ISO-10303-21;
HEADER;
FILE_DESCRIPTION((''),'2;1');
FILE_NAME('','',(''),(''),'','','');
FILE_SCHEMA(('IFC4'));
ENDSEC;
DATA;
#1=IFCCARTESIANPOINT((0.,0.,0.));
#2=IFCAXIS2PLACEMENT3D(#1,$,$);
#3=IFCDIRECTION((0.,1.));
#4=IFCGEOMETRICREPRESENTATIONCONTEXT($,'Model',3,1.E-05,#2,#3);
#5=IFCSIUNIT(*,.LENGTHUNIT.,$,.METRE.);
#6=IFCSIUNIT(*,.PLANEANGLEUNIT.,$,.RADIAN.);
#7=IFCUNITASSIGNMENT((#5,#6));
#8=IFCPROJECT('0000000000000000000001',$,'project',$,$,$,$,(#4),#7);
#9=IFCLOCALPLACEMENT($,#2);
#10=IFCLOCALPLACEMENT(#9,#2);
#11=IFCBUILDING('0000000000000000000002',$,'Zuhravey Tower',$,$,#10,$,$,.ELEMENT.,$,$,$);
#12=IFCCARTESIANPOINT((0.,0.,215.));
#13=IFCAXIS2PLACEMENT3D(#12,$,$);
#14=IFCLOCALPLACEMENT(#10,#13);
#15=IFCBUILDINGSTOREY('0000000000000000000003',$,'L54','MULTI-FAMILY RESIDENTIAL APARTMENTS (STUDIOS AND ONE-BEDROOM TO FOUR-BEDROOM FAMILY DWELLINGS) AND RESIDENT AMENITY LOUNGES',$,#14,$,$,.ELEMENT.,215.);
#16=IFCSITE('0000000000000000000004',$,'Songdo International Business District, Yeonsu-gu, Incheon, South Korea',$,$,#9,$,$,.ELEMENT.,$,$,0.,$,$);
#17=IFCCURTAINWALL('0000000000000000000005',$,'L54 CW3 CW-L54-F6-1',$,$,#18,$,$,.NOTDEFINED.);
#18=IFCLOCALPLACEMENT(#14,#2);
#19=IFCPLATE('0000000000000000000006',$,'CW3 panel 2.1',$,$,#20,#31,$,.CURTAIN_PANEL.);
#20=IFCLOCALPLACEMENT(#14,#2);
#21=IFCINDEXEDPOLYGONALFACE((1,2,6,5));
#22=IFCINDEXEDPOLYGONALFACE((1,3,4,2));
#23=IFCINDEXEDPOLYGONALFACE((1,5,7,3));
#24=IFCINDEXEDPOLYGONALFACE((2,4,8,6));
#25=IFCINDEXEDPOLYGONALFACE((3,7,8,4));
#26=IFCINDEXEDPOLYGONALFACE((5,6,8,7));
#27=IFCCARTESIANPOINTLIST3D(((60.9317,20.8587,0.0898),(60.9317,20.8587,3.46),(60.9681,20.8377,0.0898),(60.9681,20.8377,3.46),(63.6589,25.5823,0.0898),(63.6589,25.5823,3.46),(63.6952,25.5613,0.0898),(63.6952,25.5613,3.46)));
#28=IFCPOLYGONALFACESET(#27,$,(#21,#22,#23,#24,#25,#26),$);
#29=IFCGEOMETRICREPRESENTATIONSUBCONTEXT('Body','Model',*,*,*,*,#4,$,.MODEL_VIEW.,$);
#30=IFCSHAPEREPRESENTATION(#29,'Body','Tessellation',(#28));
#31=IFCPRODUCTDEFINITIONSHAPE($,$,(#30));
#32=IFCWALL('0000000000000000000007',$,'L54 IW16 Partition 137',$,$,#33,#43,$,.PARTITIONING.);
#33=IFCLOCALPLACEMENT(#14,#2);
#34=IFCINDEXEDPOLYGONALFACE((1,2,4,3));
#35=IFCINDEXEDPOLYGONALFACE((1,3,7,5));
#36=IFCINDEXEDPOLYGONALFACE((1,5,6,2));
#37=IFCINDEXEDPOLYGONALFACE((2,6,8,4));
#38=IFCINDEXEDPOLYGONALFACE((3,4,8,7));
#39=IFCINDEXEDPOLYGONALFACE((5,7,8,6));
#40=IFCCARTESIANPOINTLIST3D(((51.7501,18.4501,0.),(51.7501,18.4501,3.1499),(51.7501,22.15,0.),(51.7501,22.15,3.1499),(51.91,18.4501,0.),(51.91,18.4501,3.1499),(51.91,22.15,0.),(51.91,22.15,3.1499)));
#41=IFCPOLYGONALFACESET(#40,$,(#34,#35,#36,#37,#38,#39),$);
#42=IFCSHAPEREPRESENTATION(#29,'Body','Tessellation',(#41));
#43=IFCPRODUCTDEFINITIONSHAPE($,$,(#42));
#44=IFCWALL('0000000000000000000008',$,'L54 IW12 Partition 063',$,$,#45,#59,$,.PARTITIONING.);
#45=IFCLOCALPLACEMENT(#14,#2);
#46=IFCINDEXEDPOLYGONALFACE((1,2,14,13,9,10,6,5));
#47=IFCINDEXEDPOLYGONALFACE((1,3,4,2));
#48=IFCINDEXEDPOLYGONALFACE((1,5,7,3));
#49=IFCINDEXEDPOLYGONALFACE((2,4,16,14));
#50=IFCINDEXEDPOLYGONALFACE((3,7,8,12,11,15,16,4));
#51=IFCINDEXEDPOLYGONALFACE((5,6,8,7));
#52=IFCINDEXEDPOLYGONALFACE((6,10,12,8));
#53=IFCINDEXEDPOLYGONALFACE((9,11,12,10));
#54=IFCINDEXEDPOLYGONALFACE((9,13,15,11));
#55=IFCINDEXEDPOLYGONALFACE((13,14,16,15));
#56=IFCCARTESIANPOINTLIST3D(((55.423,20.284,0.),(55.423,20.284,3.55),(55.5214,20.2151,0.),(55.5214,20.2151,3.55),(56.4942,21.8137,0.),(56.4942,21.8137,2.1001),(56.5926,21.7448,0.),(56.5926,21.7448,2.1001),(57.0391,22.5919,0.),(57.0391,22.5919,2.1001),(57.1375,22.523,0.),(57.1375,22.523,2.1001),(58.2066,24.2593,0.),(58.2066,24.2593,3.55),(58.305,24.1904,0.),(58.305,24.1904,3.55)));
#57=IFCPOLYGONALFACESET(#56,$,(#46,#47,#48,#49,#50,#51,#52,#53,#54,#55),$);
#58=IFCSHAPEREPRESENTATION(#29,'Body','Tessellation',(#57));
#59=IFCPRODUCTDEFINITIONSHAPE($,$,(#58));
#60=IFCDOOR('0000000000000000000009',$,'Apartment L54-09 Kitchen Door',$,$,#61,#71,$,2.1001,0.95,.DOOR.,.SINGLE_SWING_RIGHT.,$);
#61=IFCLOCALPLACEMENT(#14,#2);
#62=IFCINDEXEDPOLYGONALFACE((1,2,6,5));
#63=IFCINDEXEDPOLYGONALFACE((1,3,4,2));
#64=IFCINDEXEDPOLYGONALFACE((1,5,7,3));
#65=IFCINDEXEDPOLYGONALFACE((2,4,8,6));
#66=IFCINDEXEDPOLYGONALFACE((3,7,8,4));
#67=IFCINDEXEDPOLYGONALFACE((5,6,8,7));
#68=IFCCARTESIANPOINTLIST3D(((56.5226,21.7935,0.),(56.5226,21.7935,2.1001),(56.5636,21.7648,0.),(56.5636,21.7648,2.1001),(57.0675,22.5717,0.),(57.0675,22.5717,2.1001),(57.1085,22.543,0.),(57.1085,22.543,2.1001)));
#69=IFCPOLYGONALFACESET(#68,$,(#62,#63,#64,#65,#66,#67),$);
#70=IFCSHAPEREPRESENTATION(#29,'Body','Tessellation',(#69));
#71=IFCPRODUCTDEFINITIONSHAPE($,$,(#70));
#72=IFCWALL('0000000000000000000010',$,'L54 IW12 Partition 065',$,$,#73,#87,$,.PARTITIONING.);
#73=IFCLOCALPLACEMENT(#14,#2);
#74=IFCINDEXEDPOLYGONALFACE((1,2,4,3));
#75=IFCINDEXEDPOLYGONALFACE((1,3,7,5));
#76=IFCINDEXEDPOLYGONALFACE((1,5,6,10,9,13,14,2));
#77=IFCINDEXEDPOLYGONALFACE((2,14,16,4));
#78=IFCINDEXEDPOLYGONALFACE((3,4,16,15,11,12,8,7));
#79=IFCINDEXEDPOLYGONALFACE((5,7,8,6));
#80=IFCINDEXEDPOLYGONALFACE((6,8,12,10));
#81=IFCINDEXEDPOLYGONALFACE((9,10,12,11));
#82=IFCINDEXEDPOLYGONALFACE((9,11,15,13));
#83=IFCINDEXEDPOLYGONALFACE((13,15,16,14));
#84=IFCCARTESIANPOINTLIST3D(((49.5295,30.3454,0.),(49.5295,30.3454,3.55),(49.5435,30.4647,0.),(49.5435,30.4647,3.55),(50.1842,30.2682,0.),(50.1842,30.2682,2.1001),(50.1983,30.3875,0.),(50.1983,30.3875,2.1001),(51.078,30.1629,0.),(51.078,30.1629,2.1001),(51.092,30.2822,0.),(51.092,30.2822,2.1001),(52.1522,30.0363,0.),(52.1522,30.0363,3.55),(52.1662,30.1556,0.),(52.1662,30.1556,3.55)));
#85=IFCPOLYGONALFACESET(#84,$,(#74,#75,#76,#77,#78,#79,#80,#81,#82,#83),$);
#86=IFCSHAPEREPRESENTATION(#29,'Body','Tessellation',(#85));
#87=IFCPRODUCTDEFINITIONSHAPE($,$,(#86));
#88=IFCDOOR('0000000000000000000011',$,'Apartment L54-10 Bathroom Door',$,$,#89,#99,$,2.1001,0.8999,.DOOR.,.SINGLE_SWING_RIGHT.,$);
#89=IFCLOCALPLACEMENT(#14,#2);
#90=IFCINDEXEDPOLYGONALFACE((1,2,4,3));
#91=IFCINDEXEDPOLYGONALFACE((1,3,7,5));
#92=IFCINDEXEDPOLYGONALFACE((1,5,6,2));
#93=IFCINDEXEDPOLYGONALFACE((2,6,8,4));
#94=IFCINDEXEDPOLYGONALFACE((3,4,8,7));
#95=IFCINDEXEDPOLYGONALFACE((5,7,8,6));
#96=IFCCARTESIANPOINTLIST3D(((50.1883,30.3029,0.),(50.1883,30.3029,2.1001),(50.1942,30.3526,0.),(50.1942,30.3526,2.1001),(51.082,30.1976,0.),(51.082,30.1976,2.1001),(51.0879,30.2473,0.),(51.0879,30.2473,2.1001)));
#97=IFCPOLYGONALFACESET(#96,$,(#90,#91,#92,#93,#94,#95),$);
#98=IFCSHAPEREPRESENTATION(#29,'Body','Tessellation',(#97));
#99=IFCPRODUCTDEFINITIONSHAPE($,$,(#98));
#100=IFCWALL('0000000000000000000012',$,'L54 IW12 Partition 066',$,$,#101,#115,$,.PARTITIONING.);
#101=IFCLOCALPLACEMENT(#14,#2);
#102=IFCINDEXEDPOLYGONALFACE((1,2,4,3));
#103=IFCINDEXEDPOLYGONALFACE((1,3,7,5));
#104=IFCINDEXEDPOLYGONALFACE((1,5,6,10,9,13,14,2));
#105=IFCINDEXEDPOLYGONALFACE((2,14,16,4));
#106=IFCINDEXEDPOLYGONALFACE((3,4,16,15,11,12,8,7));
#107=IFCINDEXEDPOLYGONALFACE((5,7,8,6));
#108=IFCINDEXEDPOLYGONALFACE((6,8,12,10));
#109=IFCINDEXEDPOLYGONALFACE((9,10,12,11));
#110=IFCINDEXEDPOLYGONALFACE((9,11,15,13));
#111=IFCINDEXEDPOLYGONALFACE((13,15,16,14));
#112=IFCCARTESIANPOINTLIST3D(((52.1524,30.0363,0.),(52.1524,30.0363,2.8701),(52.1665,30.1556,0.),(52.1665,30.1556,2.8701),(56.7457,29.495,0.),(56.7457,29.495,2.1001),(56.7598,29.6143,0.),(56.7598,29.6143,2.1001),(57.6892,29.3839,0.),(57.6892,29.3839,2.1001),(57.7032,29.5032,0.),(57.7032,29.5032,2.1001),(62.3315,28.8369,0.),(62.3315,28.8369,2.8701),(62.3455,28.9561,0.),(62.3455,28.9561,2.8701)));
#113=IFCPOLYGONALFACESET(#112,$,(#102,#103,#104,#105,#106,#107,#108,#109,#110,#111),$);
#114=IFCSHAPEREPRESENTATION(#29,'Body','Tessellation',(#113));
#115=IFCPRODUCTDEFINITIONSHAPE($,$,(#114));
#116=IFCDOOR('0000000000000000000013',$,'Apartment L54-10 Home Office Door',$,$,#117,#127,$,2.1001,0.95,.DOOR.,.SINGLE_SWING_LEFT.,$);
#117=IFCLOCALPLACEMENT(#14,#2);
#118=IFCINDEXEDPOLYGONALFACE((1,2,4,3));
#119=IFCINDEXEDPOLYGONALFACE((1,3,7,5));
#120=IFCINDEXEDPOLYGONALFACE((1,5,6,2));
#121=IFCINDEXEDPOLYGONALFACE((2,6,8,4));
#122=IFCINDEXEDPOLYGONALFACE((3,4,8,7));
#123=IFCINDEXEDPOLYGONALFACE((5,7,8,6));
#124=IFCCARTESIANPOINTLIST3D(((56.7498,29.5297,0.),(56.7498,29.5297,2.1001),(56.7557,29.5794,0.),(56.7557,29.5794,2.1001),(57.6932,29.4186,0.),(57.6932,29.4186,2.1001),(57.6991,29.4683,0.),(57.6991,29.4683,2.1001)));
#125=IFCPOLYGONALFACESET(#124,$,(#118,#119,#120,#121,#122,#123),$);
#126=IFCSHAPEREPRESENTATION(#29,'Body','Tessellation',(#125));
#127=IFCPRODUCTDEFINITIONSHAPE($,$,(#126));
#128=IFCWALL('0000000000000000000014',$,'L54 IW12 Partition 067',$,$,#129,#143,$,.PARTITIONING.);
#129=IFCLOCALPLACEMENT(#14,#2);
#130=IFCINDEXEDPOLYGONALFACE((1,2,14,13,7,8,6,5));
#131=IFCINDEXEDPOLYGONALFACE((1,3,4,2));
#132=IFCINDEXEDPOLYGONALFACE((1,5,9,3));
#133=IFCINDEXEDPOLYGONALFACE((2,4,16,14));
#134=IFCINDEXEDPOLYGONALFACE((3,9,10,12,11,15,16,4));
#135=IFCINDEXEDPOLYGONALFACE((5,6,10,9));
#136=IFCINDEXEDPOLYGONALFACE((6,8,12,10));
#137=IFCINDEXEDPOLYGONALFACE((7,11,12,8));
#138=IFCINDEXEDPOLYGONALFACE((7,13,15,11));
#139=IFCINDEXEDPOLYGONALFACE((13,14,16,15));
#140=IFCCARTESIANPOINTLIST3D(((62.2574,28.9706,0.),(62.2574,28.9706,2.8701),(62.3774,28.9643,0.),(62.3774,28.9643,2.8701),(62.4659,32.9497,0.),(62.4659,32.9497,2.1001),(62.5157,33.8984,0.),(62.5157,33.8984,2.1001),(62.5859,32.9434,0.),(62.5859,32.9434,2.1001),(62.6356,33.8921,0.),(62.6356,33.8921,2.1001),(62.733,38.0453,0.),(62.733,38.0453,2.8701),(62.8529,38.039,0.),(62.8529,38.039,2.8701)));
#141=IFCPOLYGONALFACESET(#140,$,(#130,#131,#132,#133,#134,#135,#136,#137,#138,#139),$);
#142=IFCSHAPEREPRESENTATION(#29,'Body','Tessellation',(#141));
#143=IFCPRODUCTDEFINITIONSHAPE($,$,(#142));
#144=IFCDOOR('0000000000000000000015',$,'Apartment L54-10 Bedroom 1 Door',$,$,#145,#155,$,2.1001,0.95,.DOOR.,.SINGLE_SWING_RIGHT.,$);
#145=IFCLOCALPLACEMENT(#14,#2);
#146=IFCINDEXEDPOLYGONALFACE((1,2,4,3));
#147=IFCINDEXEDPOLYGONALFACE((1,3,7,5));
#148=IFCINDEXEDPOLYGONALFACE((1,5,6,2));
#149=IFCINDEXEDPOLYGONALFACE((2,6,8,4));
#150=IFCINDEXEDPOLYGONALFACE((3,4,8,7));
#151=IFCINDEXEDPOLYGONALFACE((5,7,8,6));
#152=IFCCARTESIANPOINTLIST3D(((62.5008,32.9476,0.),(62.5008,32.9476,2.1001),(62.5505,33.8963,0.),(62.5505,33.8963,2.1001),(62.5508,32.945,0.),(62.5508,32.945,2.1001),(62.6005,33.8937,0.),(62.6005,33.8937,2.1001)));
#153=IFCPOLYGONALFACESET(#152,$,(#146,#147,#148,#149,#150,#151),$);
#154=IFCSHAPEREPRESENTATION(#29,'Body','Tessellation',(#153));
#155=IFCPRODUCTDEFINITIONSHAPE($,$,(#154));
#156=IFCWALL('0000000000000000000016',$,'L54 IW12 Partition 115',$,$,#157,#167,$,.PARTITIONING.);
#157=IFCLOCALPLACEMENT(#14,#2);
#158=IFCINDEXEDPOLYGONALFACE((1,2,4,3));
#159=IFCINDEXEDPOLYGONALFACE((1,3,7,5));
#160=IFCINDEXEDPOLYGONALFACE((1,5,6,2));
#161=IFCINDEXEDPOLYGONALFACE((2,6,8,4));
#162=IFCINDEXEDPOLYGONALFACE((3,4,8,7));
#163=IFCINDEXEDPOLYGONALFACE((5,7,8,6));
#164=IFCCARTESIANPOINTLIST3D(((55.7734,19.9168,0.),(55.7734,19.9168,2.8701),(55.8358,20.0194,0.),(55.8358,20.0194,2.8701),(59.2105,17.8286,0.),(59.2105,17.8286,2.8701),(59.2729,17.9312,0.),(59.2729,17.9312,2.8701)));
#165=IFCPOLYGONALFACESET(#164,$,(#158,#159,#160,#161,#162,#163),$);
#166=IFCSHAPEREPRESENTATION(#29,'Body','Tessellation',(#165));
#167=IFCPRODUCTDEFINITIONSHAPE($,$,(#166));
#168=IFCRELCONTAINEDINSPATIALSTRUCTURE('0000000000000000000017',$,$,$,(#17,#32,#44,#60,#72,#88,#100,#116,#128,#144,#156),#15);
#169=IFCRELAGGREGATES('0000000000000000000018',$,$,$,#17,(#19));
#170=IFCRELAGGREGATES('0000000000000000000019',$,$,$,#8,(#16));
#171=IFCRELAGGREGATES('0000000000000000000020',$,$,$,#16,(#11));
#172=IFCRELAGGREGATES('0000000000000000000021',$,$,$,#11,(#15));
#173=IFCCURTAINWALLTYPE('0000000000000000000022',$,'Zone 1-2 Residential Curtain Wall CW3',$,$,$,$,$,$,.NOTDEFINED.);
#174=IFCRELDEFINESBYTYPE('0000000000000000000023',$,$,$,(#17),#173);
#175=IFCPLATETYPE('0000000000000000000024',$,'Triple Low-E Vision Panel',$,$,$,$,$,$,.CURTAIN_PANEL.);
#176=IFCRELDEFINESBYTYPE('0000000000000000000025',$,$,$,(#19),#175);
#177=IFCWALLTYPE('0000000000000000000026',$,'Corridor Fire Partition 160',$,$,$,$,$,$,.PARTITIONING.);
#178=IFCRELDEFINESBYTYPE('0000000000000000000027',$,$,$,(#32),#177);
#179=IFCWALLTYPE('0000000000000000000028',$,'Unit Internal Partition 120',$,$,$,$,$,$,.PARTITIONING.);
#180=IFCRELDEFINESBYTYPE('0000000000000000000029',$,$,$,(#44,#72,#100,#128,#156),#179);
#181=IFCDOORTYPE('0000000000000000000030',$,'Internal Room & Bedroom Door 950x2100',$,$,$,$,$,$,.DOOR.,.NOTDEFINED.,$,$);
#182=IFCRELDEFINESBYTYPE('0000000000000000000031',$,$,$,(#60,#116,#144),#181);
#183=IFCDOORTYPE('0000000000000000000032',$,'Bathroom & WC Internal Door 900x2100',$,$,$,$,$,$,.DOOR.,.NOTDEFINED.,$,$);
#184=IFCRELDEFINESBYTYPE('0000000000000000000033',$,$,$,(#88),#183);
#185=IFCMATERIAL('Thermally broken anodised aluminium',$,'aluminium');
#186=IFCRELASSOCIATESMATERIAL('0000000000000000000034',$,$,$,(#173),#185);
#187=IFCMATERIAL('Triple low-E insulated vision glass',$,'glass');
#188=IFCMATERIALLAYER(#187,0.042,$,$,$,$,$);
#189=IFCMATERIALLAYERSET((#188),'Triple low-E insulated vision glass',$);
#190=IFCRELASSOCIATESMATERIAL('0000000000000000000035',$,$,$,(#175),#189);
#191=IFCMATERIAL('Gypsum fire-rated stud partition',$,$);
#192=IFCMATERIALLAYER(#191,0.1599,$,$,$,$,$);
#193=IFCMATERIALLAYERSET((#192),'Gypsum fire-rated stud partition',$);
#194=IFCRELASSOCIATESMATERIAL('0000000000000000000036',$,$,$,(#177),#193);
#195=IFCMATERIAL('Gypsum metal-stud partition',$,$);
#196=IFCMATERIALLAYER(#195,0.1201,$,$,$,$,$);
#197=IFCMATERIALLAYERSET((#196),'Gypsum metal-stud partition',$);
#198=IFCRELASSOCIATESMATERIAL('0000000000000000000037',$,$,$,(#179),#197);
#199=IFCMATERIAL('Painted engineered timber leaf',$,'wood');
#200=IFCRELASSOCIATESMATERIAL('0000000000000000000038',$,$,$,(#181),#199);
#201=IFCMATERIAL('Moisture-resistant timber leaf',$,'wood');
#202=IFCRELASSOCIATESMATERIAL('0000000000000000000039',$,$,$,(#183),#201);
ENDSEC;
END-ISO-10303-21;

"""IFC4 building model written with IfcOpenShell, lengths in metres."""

from ifc_helpers import new_model, si_unit, direction, frame, frame_2d, origin, origin_2d, place, context, subcontext, project, spatial, rectangle, extrude, material, layer, layer_set, type_object, element, fill, aggregate, save


model = new_model("IFC4")

# Units and contexts
model_context = context("Model", 3, precision=1e-05, world=origin(), true_north=direction((0.0, 1.0)))
body_context = subcontext(model_context, "Body", "Model", "MODEL_VIEW")
ifc_project = project(units=[si_unit("LENGTHUNIT", "METRE"), si_unit("PLANEANGLEUNIT", "RADIAN")], contexts=[model_context])

# Site, building, storey
site_placement = place(None, origin())
site = spatial("IfcSite", under=ifc_project, at=site_placement, Name="Songdo International Business District, Yeonsu-gu, Incheon, South Korea", CompositionType="ELEMENT", RefElevation=0.0)
building_placement = place(site_placement, origin())
building = spatial("IfcBuilding", under=site, at=building_placement, Name="Zuhravey Tower", CompositionType="ELEMENT")
storey_placement = place(building_placement, frame((0.0, 0.0, 215.0)))
storey = spatial("IfcBuildingStorey", under=building, at=storey_placement, Name="L54", Description="MULTI-FAMILY RESIDENTIAL APARTMENTS (STUDIOS AND ONE-BEDROOM TO FOUR-BEDROOM FAMILY DWELLINGS) AND RESIDENT AMENITY LOUNGES", CompositionType="ELEMENT", Elevation=215.0)

# Curtain wall
ifc_material_1 = material(Name="Thermally broken anodised aluminium", Category="aluminium")
curtain_wall_type = type_object("IfcCurtainWallType", Name="Zone 1-2 Residential Curtain Wall CW3", PredefinedType="NOTDEFINED", material=ifc_material_1)
curtain_wall_placement = place(storey_placement, origin())
curtain_wall = element("IfcCurtainWall", 1, at=curtain_wall_placement, inside=storey, type_object=curtain_wall_type, Name="L54 CW3 CW-L54-F6-1", PredefinedType="NOTDEFINED")

# Plate
ifc_material_2 = material(Name="Triple low-E insulated vision glass", Category="glass")
ifc_layer_1 = layer(ifc_material_2, 0.042)
ifc_layer_set_1 = layer_set([ifc_layer_1], Name="Triple low-E insulated vision glass")
plate_type_1 = type_object("IfcPlateType", Name="Triple Low-E Vision Panel", PredefinedType="CURTAIN_PANEL", material=ifc_layer_set_1)
plate_1_placement = place(storey_placement, frame((62.3135, 23.21, 0.0898), z_axis=(0.0, 0.0, 1.0), x_axis=(-0.5, -0.866025, 0.0)))
plate_1 = element("IfcPlate", 2, at=plate_1_placement, type_object=plate_type_1, Name="CW3 panel 2.1", PredefinedType="CURTAIN_PANEL", context=body_context, shape_type="SweptSolid", body=[
    extrude(rectangle(XDim=5.4543, YDim=0.042, at=origin_2d()), origin(), (0.0, 0.0, 1.0), 3.3701),
])
aggregate(curtain_wall, [plate_1])

# Shared definitions
ifc_material_3 = material(Name="Gypsum fire-rated stud partition")
ifc_layer_2 = layer(ifc_material_3, 0.1599)
ifc_layer_set_2 = layer_set([ifc_layer_2], Name="Gypsum fire-rated stud partition")
wall_type_1 = type_object("IfcWallType", Name="Corridor Fire Partition 160", PredefinedType="PARTITIONING", material=ifc_layer_set_2)

# Wall
wall_1_placement = place(storey_placement, frame((51.8301, 18.45, 0.0), z_axis=(0.0, 0.0, 1.0), x_axis=(0.0, 1.0, 0.0)))
element("IfcWall", 3, at=wall_1_placement, inside=storey, type_object=wall_type_1, Name="L54 IW16 Partition 137", PredefinedType="PARTITIONING", context=body_context, shape_type="SweptSolid", body=[
    extrude(rectangle(XDim=3.7, YDim=0.1599, at=frame_2d((1.8501, 0.0))), origin(), (0.0, 0.0, 1.0), 3.1499),
])

# Walls, openings, doors
ifc_material_4 = material(Name="Gypsum metal-stud partition")
ifc_layer_3 = layer(ifc_material_4, 0.1201)
ifc_layer_set_3 = layer_set([ifc_layer_3], Name="Gypsum metal-stud partition")
wall_type_2 = type_object("IfcWallType", Name="Unit Internal Partition 120", PredefinedType="PARTITIONING", material=ifc_layer_set_3)
wall_2_placement = place(storey_placement, frame((55.4722, 20.2495, 0.0), z_axis=(0.0, 0.0, 1.0), x_axis=(0.573594, 0.81914, 0.0)))
wall_2 = element("IfcWall", 4, at=wall_2_placement, inside=storey, type_object=wall_type_2, Name="L54 IW12 Partition 063", PredefinedType="PARTITIONING", context=body_context, shape_type="SweptSolid", body=[
    extrude(rectangle(XDim=4.853, YDim=0.1201, at=frame_2d((2.4265, 0.0))), origin(), (0.0, 0.0, 1.0), 3.55),
])
opening_1_placement = place(wall_2_placement, frame((1.8674, 0.0, 0.0)))
opening_1 = element("IfcOpeningElement", 5, at=opening_1_placement, cuts=wall_2, PredefinedType="OPENING", context=body_context, shape_type="SweptSolid", body=[
    extrude(rectangle(XDim=0.95, YDim=2.1001, at=frame_2d((0.4751, 1.05))), frame((0.0, 0.072, 0.0), z_axis=(0.0, -1.0, 0.0), x_axis=(1.0, 0.0, 0.0)), (0.0, 0.0, 1.0), 0.144),
])
ifc_material_5 = material(Name="Painted engineered timber leaf", Category="wood")
door_type_1 = type_object("IfcDoorType", Name="Internal Room & Bedroom Door 950x2100", OperationType="NOTDEFINED", PredefinedType="DOOR", material=ifc_material_5)
door_1_placement = place(opening_1_placement, frame((0.95, 0.0, 0.0), z_axis=(0.0, 0.0, 1.0), x_axis=(-1.0, 0.0, 0.0)))
door_1 = element("IfcDoor", 6, at=door_1_placement, inside=storey, type_object=door_type_1, Name="Apartment L54-09 Kitchen Door", OperationType="SINGLE_SWING_RIGHT", OverallHeight=2.1001, OverallWidth=0.95, PredefinedType="DOOR", context=body_context, shape_type="SweptSolid", body=[
    extrude(rectangle(XDim=0.95, YDim=2.1001, at=frame_2d((0.4751, 1.05))), frame((0.0, 0.0249, 0.0), z_axis=(0.0, -1.0, 0.0), x_axis=(1.0, 0.0, 0.0)), (0.0, 0.0, 1.0), 0.05),
])
fill(opening_1, door_1)
wall_3_placement = place(storey_placement, frame((49.5366, 30.405, 0.0), z_axis=(0.0, 0.0, 1.0), x_axis=(0.993128, -0.117034, 0.0)))
wall_3 = element("IfcWall", 7, at=wall_3_placement, inside=storey, type_object=wall_type_2, Name="L54 IW12 Partition 065", PredefinedType="PARTITIONING", context=body_context, shape_type="SweptSolid", body=[
    extrude(rectangle(XDim=2.6409, YDim=0.1201, at=frame_2d((1.3203, 0.0))), origin(), (0.0, 0.0, 1.0), 3.55),
])
opening_2_placement = place(wall_3_placement, frame((0.6592, 0.0, 0.0)))
opening_2 = element("IfcOpeningElement", 8, at=opening_2_placement, cuts=wall_3, PredefinedType="OPENING", context=body_context, shape_type="SweptSolid", body=[
    extrude(rectangle(XDim=0.8999, YDim=2.1001, at=frame_2d((0.45, 1.05))), frame((0.0, 0.072, 0.0), z_axis=(0.0, -1.0, 0.0), x_axis=(1.0, 0.0, 0.0)), (0.0, 0.0, 1.0), 0.144),
])
ifc_material_6 = material(Name="Moisture-resistant timber leaf", Category="wood")
door_type_2 = type_object("IfcDoorType", Name="Bathroom & WC Internal Door 900x2100", OperationType="NOTDEFINED", PredefinedType="DOOR", material=ifc_material_6)
door_2_placement = place(opening_2_placement, origin())
door_2 = element("IfcDoor", 9, at=door_2_placement, inside=storey, type_object=door_type_2, Name="Apartment L54-10 Bathroom Door", OperationType="SINGLE_SWING_RIGHT", OverallHeight=2.1001, OverallWidth=0.8999, PredefinedType="DOOR", context=body_context, shape_type="SweptSolid", body=[
    extrude(rectangle(XDim=0.8999, YDim=2.1001, at=frame_2d((0.45, 1.05))), frame((0.0, 0.0249, 0.0), z_axis=(0.0, -1.0, 0.0), x_axis=(1.0, 0.0, 0.0)), (0.0, 0.0, 1.0), 0.05),
])
fill(opening_2, door_2)
wall_4_placement = place(storey_placement, frame((52.1594, 30.0959, 0.0), z_axis=(0.0, 0.0, 1.0), x_axis=(0.993129, -0.117025, 0.0)))
wall_4 = element("IfcWall", 10, at=wall_4_placement, inside=storey, type_object=wall_type_2, Name="L54 IW12 Partition 066", PredefinedType="PARTITIONING", context=body_context, shape_type="SweptSolid", body=[
    extrude(rectangle(XDim=10.2495, YDim=0.1201, at=frame_2d((5.1248, 0.0))), origin(), (0.0, 0.0, 1.0), 2.8701),
])
opening_3_placement = place(wall_4_placement, frame((4.625, 0.0, 0.0)))
opening_3 = element("IfcOpeningElement", 11, at=opening_3_placement, cuts=wall_4, PredefinedType="OPENING", context=body_context, shape_type="SweptSolid", body=[
    extrude(rectangle(XDim=0.95, YDim=2.1001, at=frame_2d((0.4751, 1.05))), frame((0.0, 0.072, 0.0), z_axis=(0.0, -1.0, 0.0), x_axis=(1.0, 0.0, 0.0)), (0.0, 0.0, 1.0), 0.144),
])
door_3_placement = place(opening_3_placement, origin())
door_3 = element("IfcDoor", 12, at=door_3_placement, inside=storey, type_object=door_type_1, Name="Apartment L54-10 Home Office Door", OperationType="SINGLE_SWING_LEFT", OverallHeight=2.1001, OverallWidth=0.95, PredefinedType="DOOR", context=body_context, shape_type="SweptSolid", body=[
    extrude(rectangle(XDim=0.95, YDim=2.1001, at=frame_2d((0.4751, 1.05))), frame((0.0, 0.0249, 0.0), z_axis=(0.0, -1.0, 0.0), x_axis=(1.0, 0.0, 0.0)), (0.0, 0.0, 1.0), 0.05),
])
fill(opening_3, door_3)
wall_5_placement = place(storey_placement, frame((62.3174, 28.9675, 0.0), z_axis=(0.0, 0.0, 1.0), x_axis=(0.052336, 0.99863, 0.0)))
wall_5 = element("IfcWall", 13, at=wall_5_placement, inside=storey, type_object=wall_type_2, Name="L54 IW12 Partition 067", PredefinedType="PARTITIONING", context=body_context, shape_type="SweptSolid", body=[
    extrude(rectangle(XDim=9.0872, YDim=0.1201, at=frame_2d((4.5435, 0.0))), origin(), (0.0, 0.0, 1.0), 2.8701),
])
opening_4_placement = place(wall_5_placement, frame((3.9844, 0.0, 0.0)))
opening_4 = element("IfcOpeningElement", 14, at=opening_4_placement, cuts=wall_5, PredefinedType="OPENING", context=body_context, shape_type="SweptSolid", body=[
    extrude(rectangle(XDim=0.95, YDim=2.1001, at=frame_2d((0.4751, 1.05))), frame((0.0, 0.072, 0.0), z_axis=(0.0, -1.0, 0.0), x_axis=(1.0, 0.0, 0.0)), (0.0, 0.0, 1.0), 0.144),
])
door_4_placement = place(opening_4_placement, frame((0.95, 0.0, 0.0), z_axis=(0.0, 0.0, 1.0), x_axis=(-1.0, 0.0, 0.0)))
door_4 = element("IfcDoor", 15, at=door_4_placement, inside=storey, type_object=door_type_1, Name="Apartment L54-10 Bedroom 1 Door", OperationType="SINGLE_SWING_RIGHT", OverallHeight=2.1001, OverallWidth=0.95, PredefinedType="DOOR", context=body_context, shape_type="SweptSolid", body=[
    extrude(rectangle(XDim=0.95, YDim=2.1001, at=frame_2d((0.4751, 1.05))), frame((0.0, 0.0249, 0.0), z_axis=(0.0, -1.0, 0.0), x_axis=(1.0, 0.0, 0.0)), (0.0, 0.0, 1.0), 0.05),
])
fill(opening_4, door_4)

# Wall
wall_6_placement = place(storey_placement, frame((55.8047, 19.968, 0.0), z_axis=(0.0, 0.0, 1.0), x_axis=(0.854636, -0.519228, 0.0)))
element("IfcWall", 16, at=wall_6_placement, inside=storey, type_object=wall_type_2, Name="L54 IW12 Partition 115", PredefinedType="PARTITIONING", context=body_context, shape_type="SweptSolid", body=[
    extrude(rectangle(XDim=4.0217, YDim=0.1201, at=frame_2d((2.0107, 0.0))), origin(), (0.0, 0.0, 1.0), 2.8701),
])

save(model, "model.ifc")
